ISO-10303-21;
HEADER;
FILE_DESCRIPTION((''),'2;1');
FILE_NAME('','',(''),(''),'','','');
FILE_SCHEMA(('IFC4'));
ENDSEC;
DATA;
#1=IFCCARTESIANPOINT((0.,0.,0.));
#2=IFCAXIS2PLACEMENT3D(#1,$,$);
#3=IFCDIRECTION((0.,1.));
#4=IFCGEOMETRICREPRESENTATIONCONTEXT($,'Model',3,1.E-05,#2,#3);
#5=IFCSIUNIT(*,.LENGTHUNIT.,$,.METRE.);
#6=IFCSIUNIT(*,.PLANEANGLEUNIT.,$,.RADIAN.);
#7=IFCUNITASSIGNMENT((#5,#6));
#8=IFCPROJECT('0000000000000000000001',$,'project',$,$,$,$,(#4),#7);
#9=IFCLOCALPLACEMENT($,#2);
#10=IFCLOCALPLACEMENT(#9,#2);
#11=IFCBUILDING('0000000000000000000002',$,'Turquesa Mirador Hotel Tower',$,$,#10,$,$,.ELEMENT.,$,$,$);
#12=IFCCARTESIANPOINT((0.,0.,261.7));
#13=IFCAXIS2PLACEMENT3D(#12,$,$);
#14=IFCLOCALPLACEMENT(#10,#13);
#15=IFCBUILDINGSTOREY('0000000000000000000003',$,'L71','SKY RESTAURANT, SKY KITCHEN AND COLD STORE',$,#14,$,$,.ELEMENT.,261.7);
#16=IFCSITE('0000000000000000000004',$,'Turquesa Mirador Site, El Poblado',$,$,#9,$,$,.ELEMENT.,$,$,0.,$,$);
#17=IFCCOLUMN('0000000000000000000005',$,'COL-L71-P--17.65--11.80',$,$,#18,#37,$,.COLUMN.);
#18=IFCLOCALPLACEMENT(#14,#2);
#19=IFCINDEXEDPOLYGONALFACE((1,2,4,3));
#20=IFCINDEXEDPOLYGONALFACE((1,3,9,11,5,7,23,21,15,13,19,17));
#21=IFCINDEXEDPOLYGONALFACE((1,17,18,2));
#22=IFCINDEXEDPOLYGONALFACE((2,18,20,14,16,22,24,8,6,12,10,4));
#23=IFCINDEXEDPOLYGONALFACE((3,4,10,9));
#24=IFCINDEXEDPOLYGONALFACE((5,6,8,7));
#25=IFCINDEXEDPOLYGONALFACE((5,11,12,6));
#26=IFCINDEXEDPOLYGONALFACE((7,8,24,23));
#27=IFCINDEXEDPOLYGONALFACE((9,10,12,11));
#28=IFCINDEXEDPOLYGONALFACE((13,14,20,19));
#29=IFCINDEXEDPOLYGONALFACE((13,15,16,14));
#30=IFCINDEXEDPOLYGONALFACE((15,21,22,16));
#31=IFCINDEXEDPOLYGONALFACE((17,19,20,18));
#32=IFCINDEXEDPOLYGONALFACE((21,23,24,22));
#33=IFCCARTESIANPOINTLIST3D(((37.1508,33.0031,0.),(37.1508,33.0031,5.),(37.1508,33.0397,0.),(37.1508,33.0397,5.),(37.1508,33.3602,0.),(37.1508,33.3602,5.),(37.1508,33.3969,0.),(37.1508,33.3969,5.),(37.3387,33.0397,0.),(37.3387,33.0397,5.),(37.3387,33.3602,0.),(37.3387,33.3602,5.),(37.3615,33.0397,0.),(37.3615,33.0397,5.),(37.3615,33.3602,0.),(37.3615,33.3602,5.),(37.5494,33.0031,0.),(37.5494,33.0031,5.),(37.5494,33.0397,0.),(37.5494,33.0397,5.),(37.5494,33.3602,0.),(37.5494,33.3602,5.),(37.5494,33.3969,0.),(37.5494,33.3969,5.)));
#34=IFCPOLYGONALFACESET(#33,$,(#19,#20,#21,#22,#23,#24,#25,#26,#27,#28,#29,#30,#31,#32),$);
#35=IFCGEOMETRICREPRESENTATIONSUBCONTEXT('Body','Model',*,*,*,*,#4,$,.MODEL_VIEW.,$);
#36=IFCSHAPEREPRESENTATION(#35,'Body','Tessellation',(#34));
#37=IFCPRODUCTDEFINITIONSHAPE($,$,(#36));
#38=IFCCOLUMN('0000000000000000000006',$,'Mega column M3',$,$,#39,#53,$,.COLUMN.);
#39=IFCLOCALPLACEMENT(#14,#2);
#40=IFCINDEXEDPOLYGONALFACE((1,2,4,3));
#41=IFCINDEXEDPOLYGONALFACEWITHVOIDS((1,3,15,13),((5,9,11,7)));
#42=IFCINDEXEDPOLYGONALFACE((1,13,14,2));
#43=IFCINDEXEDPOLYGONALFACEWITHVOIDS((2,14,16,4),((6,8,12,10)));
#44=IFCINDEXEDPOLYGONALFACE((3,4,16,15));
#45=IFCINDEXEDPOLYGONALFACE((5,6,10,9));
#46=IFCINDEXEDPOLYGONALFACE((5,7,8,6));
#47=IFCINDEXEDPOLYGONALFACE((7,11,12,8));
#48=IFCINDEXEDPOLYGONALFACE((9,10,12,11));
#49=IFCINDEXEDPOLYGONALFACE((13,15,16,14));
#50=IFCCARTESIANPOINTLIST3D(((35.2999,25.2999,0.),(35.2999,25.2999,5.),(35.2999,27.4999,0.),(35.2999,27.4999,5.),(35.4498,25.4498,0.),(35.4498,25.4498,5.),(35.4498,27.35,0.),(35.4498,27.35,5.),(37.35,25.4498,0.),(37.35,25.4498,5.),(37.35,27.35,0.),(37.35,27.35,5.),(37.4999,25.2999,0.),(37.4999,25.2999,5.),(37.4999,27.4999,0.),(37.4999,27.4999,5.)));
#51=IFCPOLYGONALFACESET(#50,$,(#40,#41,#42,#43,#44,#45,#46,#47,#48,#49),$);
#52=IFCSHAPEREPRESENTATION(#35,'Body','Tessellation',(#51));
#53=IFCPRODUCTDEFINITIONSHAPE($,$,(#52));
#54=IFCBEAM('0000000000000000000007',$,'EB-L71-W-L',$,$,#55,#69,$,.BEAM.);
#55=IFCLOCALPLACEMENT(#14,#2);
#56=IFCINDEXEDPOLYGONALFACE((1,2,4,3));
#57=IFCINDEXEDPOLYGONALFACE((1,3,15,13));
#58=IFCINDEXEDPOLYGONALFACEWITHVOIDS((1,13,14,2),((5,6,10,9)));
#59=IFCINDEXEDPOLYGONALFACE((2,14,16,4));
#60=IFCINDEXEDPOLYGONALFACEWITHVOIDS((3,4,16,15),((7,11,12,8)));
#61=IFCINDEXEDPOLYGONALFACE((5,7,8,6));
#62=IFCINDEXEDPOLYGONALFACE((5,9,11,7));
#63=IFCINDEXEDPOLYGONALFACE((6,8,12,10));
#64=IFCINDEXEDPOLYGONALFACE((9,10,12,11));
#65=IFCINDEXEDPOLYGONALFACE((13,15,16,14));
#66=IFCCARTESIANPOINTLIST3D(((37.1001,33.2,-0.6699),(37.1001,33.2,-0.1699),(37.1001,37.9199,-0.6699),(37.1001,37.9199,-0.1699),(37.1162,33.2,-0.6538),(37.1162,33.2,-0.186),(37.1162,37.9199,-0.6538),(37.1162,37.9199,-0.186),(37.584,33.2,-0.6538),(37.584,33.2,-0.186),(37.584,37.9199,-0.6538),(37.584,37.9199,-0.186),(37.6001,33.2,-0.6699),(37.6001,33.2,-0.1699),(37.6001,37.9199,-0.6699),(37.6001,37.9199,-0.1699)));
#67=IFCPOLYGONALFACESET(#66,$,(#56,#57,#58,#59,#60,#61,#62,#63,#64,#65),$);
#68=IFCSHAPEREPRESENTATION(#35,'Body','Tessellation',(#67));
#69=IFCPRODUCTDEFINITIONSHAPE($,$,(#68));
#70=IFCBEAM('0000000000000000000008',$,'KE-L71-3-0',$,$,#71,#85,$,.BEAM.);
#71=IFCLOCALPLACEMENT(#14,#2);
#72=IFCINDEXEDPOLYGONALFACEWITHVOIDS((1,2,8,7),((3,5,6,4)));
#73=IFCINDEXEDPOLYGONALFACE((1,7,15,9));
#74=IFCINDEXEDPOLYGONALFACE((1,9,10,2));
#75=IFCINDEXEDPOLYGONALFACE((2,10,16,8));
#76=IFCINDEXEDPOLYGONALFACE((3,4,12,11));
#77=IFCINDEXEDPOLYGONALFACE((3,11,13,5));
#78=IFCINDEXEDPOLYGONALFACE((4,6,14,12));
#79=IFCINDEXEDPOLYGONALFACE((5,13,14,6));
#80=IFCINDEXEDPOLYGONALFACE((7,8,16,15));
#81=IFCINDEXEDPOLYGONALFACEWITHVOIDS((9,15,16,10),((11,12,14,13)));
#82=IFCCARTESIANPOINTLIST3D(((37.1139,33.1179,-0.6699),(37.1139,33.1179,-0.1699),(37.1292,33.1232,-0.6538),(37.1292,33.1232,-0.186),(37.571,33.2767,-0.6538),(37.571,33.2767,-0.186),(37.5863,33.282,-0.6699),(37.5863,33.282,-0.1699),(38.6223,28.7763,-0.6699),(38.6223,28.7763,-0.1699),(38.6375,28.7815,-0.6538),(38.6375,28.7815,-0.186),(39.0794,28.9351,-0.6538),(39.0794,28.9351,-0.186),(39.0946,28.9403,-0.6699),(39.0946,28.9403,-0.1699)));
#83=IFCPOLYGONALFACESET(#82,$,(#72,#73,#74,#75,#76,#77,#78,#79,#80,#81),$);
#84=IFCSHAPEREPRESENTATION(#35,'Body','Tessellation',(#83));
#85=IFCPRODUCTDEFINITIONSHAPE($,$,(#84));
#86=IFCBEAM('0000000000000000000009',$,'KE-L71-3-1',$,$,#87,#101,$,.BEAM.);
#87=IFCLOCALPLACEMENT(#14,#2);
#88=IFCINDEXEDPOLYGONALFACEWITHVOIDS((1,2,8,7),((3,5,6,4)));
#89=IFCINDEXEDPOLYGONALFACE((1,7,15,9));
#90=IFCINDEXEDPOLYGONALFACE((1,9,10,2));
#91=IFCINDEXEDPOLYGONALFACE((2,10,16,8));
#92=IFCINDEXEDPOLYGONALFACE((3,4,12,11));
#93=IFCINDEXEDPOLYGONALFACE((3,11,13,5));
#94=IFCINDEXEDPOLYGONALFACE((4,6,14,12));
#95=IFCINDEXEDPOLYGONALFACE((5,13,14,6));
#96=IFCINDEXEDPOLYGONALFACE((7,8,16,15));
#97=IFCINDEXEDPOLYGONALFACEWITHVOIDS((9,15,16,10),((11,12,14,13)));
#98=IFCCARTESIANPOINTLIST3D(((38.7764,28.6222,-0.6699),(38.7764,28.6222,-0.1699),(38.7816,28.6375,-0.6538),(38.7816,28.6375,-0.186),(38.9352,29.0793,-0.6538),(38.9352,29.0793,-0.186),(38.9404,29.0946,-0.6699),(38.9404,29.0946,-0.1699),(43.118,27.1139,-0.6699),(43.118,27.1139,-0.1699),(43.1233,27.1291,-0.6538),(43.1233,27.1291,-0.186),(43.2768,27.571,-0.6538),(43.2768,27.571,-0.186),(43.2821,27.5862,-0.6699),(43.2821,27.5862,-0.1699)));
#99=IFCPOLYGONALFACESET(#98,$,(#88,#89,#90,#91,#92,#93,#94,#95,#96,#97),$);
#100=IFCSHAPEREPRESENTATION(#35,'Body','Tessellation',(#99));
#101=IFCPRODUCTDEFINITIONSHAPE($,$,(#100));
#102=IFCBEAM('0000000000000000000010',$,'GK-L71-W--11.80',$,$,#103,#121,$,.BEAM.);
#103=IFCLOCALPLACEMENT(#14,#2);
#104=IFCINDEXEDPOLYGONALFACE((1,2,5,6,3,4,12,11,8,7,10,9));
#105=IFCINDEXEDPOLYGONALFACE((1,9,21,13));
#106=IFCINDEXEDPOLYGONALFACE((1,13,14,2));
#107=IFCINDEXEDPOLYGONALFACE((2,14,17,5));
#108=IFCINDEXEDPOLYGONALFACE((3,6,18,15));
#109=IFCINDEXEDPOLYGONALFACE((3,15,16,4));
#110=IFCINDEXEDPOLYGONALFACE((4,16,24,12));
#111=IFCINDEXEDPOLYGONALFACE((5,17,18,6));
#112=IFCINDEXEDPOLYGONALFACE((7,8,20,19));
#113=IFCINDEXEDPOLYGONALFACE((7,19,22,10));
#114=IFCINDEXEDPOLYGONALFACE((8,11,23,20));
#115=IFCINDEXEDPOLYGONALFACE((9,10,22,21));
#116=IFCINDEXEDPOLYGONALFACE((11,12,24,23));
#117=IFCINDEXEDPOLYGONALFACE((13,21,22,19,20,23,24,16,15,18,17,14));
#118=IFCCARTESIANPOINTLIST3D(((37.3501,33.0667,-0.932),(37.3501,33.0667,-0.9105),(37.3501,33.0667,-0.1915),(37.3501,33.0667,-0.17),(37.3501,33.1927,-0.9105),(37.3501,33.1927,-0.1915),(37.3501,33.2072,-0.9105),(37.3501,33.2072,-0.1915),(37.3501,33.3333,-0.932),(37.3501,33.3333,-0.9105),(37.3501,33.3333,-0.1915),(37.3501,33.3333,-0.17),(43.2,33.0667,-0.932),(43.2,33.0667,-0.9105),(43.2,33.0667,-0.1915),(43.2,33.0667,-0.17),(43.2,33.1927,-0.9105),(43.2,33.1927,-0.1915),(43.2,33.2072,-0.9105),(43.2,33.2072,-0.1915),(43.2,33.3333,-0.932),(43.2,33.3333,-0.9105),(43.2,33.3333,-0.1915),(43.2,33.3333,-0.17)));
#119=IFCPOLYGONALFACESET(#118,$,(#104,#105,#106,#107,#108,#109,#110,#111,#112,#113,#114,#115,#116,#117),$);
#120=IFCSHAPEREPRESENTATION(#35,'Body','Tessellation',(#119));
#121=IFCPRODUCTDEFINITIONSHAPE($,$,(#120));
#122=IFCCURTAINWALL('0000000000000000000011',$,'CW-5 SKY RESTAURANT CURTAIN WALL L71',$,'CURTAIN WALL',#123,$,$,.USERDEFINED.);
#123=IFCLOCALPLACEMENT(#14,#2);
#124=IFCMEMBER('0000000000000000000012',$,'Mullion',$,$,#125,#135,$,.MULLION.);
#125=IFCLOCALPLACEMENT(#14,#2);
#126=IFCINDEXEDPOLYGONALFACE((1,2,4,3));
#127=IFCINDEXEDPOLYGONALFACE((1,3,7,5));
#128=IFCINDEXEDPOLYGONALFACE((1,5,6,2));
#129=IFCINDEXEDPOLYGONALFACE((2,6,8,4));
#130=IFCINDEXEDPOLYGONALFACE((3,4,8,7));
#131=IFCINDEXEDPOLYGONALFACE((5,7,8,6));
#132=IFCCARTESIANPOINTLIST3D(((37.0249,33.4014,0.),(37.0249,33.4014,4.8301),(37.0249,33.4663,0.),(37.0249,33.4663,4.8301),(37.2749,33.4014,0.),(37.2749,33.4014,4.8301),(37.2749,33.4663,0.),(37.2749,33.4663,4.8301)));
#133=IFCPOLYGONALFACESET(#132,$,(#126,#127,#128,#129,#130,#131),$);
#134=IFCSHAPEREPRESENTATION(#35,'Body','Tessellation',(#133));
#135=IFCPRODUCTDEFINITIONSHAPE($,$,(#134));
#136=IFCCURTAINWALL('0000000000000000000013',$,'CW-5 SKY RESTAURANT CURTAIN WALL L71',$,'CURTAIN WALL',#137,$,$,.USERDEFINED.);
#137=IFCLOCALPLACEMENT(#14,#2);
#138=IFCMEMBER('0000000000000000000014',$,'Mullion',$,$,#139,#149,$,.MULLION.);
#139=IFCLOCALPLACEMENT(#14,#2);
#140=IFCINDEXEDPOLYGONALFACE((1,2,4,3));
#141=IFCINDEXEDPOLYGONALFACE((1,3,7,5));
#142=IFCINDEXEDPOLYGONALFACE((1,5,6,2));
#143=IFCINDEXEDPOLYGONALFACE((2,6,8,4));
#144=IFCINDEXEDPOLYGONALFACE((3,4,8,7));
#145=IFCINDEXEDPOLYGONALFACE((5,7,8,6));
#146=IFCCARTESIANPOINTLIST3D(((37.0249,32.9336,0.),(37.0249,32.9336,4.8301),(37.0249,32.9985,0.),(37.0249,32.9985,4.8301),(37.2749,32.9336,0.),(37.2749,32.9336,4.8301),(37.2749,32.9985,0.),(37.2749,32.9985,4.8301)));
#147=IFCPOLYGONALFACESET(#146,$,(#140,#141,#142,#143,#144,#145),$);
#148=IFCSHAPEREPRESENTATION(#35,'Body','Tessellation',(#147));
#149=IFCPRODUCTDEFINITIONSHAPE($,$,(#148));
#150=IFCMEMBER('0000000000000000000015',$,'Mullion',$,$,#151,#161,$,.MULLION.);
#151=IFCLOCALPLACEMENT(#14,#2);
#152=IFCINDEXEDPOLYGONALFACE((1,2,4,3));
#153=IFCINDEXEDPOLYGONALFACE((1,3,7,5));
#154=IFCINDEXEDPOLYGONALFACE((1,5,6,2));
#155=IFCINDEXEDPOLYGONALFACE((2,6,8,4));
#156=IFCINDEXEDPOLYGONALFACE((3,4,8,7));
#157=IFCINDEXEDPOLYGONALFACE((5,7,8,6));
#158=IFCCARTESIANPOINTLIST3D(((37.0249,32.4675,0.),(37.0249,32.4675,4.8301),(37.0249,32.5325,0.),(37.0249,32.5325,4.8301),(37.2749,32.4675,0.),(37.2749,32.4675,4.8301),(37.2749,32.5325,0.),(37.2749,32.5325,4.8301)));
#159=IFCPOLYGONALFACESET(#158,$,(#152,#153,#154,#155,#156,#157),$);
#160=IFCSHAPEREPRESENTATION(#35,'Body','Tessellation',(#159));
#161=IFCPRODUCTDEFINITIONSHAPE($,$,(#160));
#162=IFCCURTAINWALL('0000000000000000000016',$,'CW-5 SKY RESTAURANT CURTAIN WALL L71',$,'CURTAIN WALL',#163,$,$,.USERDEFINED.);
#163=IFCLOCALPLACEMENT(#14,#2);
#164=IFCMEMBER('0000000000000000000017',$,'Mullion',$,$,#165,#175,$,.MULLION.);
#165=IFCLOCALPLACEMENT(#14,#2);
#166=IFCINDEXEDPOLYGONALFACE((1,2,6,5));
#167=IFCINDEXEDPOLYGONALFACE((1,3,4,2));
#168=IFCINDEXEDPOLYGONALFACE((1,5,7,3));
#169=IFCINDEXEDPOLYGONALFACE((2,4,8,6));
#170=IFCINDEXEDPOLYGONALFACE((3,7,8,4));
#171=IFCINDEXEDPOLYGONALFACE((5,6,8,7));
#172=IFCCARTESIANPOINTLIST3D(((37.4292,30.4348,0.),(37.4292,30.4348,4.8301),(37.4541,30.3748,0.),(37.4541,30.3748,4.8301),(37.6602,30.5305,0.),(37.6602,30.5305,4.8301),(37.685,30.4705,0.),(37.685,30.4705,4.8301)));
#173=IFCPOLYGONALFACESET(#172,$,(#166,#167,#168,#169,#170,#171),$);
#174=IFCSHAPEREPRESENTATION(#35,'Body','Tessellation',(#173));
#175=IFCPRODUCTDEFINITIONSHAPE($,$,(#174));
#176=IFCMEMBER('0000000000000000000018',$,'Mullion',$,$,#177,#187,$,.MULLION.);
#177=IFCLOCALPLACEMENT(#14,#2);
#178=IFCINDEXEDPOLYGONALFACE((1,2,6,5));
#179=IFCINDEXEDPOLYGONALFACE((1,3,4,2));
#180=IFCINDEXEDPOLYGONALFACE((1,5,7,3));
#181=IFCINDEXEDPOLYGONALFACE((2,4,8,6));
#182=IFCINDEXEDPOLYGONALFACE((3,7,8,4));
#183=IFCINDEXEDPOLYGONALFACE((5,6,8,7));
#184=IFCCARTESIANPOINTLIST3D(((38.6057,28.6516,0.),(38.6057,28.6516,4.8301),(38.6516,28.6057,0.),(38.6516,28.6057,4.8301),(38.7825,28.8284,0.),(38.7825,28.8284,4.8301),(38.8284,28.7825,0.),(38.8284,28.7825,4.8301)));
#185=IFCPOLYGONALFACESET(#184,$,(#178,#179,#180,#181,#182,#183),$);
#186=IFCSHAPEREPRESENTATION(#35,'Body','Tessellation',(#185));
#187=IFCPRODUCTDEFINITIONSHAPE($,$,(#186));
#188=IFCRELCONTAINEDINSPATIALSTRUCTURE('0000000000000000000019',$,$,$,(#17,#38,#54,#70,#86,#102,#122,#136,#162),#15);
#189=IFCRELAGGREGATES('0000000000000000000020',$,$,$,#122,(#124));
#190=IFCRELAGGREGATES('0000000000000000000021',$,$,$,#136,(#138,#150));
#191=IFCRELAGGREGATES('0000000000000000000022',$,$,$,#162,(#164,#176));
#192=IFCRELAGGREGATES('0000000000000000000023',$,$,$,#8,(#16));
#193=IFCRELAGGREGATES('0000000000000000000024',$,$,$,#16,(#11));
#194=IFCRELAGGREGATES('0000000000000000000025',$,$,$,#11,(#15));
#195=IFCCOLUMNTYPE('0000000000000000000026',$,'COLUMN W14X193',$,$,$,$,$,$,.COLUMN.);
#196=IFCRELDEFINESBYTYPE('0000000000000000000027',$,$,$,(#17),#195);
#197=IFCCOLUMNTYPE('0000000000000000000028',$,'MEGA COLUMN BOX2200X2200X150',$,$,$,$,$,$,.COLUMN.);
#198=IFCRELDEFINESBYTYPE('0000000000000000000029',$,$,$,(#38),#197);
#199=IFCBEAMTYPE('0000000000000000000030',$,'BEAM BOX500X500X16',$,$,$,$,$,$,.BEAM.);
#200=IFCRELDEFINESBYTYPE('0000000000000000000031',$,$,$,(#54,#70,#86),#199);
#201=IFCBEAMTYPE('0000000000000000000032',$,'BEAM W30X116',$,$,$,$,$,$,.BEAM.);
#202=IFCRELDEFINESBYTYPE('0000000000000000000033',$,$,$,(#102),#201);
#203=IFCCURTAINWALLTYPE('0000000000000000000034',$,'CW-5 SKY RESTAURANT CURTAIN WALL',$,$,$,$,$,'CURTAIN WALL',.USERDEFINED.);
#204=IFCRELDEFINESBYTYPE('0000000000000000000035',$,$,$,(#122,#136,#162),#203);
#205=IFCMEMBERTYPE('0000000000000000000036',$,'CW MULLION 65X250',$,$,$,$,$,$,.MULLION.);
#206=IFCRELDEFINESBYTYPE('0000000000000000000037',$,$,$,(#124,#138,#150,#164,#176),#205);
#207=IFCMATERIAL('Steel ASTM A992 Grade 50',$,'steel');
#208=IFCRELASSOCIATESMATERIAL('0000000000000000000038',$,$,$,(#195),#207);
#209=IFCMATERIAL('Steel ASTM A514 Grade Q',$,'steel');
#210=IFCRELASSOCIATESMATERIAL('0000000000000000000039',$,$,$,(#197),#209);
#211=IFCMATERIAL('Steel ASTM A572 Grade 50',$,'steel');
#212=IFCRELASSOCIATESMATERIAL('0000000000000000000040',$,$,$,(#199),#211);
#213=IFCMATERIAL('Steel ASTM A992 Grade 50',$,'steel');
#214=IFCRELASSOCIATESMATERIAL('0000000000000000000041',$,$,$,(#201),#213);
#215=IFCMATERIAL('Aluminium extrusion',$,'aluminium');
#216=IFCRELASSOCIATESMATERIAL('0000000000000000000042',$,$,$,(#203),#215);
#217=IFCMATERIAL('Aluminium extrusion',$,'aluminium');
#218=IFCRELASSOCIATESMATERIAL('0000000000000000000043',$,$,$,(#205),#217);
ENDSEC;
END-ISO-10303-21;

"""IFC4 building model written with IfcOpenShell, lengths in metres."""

from ifc_helpers import new_model, si_unit, direction, frame, origin, origin_2d, place, context, subcontext, project, spatial, rectangle, hollow_rectangle, i_section, extrude, material, material_profile, profile_set, type_object, element, aggregate, save


model = new_model("IFC4")

# Units and contexts
model_context = context("Model", 3, precision=1e-05, world=origin(), true_north=direction((0.0, 1.0)))
body_context = subcontext(model_context, "Body", "Model", "MODEL_VIEW")
ifc_project = project(units=[si_unit("LENGTHUNIT", "METRE"), si_unit("PLANEANGLEUNIT", "RADIAN")], contexts=[model_context])

# Site, building, storey
site_placement = place(None, origin())
site = spatial("IfcSite", under=ifc_project, at=site_placement, Name="Turquesa Mirador Site, El Poblado", CompositionType="ELEMENT", RefElevation=0.0)
building_placement = place(site_placement, origin())
building = spatial("IfcBuilding", under=site, at=building_placement, Name="Turquesa Mirador Hotel Tower", CompositionType="ELEMENT")
storey_placement = place(building_placement, frame((0.0, 0.0, 261.7)))
storey = spatial("IfcBuildingStorey", under=building, at=storey_placement, Name="L71", Description="SKY RESTAURANT, SKY KITCHEN AND COLD STORE", CompositionType="ELEMENT", Elevation=261.7)

# Columns
ifc_material_1 = material(Name="Steel ASTM A992 Grade 50", Category="steel")
ifc_material_profile_1 = material_profile(ifc_material_1, i_section(OverallWidth=0.3987, OverallDepth=0.3938, WebThickness=0.0227, FlangeThickness=0.0366, at=origin_2d()), Name="W14X193")
ifc_profile_set_1 = profile_set([ifc_material_profile_1], Name="Steel ASTM A992 Grade 50")
column_type_1 = type_object("IfcColumnType", Name="COLUMN W14X193", PredefinedType="COLUMN", material=ifc_profile_set_1)
column_1_placement = place(storey_placement, frame((37.3501, 33.2, 0.0), z_axis=(0.0, 0.0, 1.0), x_axis=(1.0, 0.0, 0.0)))
element("IfcColumn", 1, at=column_1_placement, inside=storey, type_object=column_type_1, Name="COL-L71-P--17.65--11.80", PredefinedType="COLUMN", context=body_context, shape_type="SweptSolid", body=[
    extrude(i_section(OverallWidth=0.3987, OverallDepth=0.3938, WebThickness=0.0227, FlangeThickness=0.0366, at=origin_2d()), origin(), (0.0, 0.0, 1.0), 5.0),
])
ifc_material_2 = material(Name="Steel ASTM A514 Grade Q", Category="steel")
ifc_material_profile_2 = material_profile(ifc_material_2, hollow_rectangle(XDim=2.2, YDim=2.2, WallThickness=0.1499, at=origin_2d()), Name="BOX2200X2200X150")
ifc_profile_set_2 = profile_set([ifc_material_profile_2], Name="Steel ASTM A514 Grade Q")
column_type_2 = type_object("IfcColumnType", Name="MEGA COLUMN BOX2200X2200X150", PredefinedType="COLUMN", material=ifc_profile_set_2)
column_2_placement = place(storey_placement, frame((36.3999, 26.3999, 0.0), z_axis=(0.0, 0.0, 1.0), x_axis=(1.0, 0.0, 0.0)))
element("IfcColumn", 2, at=column_2_placement, inside=storey, type_object=column_type_2, Name="Mega column M3", PredefinedType="COLUMN", context=body_context, shape_type="SweptSolid", body=[
    extrude(hollow_rectangle(XDim=2.2, YDim=2.2, WallThickness=0.1499, at=origin_2d()), origin(), (0.0, 0.0, 1.0), 5.0),
])

# Beams
ifc_material_3 = material(Name="Steel ASTM A572 Grade 50", Category="steel")
ifc_material_profile_3 = material_profile(ifc_material_3, hollow_rectangle(XDim=0.5, YDim=0.5, WallThickness=0.0161, at=origin_2d()), Name="BOX500X500X16")
ifc_profile_set_3 = profile_set([ifc_material_profile_3], Name="Steel ASTM A572 Grade 50")
beam_type_1 = type_object("IfcBeamType", Name="BEAM BOX500X500X16", PredefinedType="BEAM", material=ifc_profile_set_3)
beam_1_placement = place(storey_placement, frame((37.3501, 33.2, -0.4199), z_axis=(0.0, 1.0, 0.0), x_axis=(-1.0, 0.0, 0.0)))
element("IfcBeam", 3, at=beam_1_placement, inside=storey, type_object=beam_type_1, Name="EB-L71-W-L", PredefinedType="BEAM", context=body_context, shape_type="SweptSolid", body=[
    extrude(hollow_rectangle(XDim=0.5, YDim=0.5, WallThickness=0.0161, at=origin_2d()), origin(), (0.0, 0.0, 1.0), 4.72),
])
for number, where, z_axis, x_axis, name in (
    (4, (37.3501, 33.2, -0.4199), (0.32817, -0.944619, 0.0), (0.944619, 0.32817, 0.0), "KE-L71-3-0"),
    (5, (38.8584, 28.8584, -0.4199), (0.944619, -0.32817, 0.0), (0.32817, 0.944619, 0.0), "KE-L71-3-1"),
):
    element("IfcBeam", number, at=place(storey_placement, frame(where, z_axis=z_axis, x_axis=x_axis)), inside=storey, type_object=beam_type_1, Name=name, PredefinedType="BEAM", context=body_context, shape_type="SweptSolid", body=[
        extrude(hollow_rectangle(XDim=0.5, YDim=0.5, WallThickness=0.0161, at=origin_2d()), origin(), (0.0, 0.0, 1.0), 4.5962),
    ])
ifc_material_4 = material(Name="Steel ASTM A992 Grade 50", Category="steel")
ifc_material_profile_4 = material_profile(ifc_material_4, i_section(OverallWidth=0.2666, OverallDepth=0.762, WebThickness=0.0144, FlangeThickness=0.0215, at=origin_2d()), Name="W30X116")
ifc_profile_set_4 = profile_set([ifc_material_profile_4], Name="Steel ASTM A992 Grade 50")
beam_type_2 = type_object("IfcBeamType", Name="BEAM W30X116", PredefinedType="BEAM", material=ifc_profile_set_4)
beam_2_placement = place(storey_placement, frame((37.3501, 33.2, -0.551), z_axis=(1.0, 0.0, 0.0), x_axis=(0.0, 1.0, 0.0)))
element("IfcBeam", 6, at=beam_2_placement, inside=storey, type_object=beam_type_2, Name="GK-L71-W--11.80", PredefinedType="BEAM", context=body_context, shape_type="SweptSolid", body=[
    extrude(i_section(OverallWidth=0.2666, OverallDepth=0.762, WebThickness=0.0144, FlangeThickness=0.0215, at=origin_2d()), origin(), (0.0, 0.0, 1.0), 5.8499),
])

# Curtain wall, member
ifc_material_5 = material(Name="Aluminium extrusion", Category="aluminium")
curtain_wall_type = type_object("IfcCurtainWallType", Name="CW-5 SKY RESTAURANT CURTAIN WALL", ElementType="CURTAIN WALL", PredefinedType="USERDEFINED", material=ifc_material_5)
curtain_wall_1_placement = place(storey_placement, origin())
curtain_wall_1 = element("IfcCurtainWall", 7, at=curtain_wall_1_placement, inside=storey, type_object=curtain_wall_type, Name="CW-5 SKY RESTAURANT CURTAIN WALL L71", ObjectType="CURTAIN WALL", PredefinedType="USERDEFINED")
ifc_material_6 = material(Name="Aluminium extrusion", Category="aluminium")
ifc_material_profile_5 = material_profile(ifc_material_6, rectangle(XDim=0.0649, YDim=0.25, at=origin_2d()), Name="MULLION 65X250")
ifc_profile_set_5 = profile_set([ifc_material_profile_5], Name="Aluminium extrusion")
member_type_1 = type_object("IfcMemberType", Name="CW MULLION 65X250", PredefinedType="MULLION", material=ifc_profile_set_5)
member_1_placement = place(storey_placement, frame((37.1499, 33.4338, 0.0), z_axis=(0.0, 0.0, 1.0), x_axis=(0.0, -1.0, 0.0)))
member_1 = element("IfcMember", 8, at=member_1_placement, type_object=member_type_1, Name="Mullion", PredefinedType="MULLION", context=body_context, shape_type="SweptSolid", body=[
    extrude(rectangle(XDim=0.0649, YDim=0.25, at=origin_2d()), origin(), (0.0, 0.0, 1.0), 4.8301),
])
aggregate(curtain_wall_1, [member_1])

# Curtain walls, members
curtain_wall_2_placement = place(storey_placement, origin())
curtain_wall_2 = element("IfcCurtainWall", 9, at=curtain_wall_2_placement, inside=storey, type_object=curtain_wall_type, Name="CW-5 SKY RESTAURANT CURTAIN WALL L71", ObjectType="CURTAIN WALL", PredefinedType="USERDEFINED")
member_2_placement = place(storey_placement, frame((37.1499, 32.9661, 0.0), z_axis=(0.0, 0.0, 1.0), x_axis=(0.0, -1.0, 0.0)))
member_2 = element("IfcMember", 10, at=member_2_placement, type_object=member_type_1, Name="Mullion", PredefinedType="MULLION", context=body_context, shape_type="SweptSolid", body=[
    extrude(rectangle(XDim=0.0649, YDim=0.25, at=origin_2d()), origin(), (0.0, 0.0, 1.0), 4.8301),
])
member_3_placement = place(storey_placement, frame((37.1499, 32.5, 0.0), z_axis=(0.0, 0.0, 1.0), x_axis=(0.0, -1.0, 0.0)))
member_3 = element("IfcMember", 11, at=member_3_placement, type_object=member_type_1, Name="Mullion", PredefinedType="MULLION", context=body_context, shape_type="SweptSolid", body=[
    extrude(rectangle(XDim=0.0649, YDim=0.25, at=origin_2d()), origin(), (0.0, 0.0, 1.0), 4.8301),
])
curtain_wall_3_placement = place(storey_placement, origin())
curtain_wall_3 = element("IfcCurtainWall", 12, at=curtain_wall_3_placement, inside=storey, type_object=curtain_wall_type, Name="CW-5 SKY RESTAURANT CURTAIN WALL L71", ObjectType="CURTAIN WALL", PredefinedType="USERDEFINED")
member_4_placement = place(storey_placement, frame((37.5571, 30.4526, 0.0), z_axis=(0.0, 0.0, 1.0), x_axis=(0.382683, -0.92388, 0.0)))
member_4 = element("IfcMember", 13, at=member_4_placement, type_object=member_type_1, Name="Mullion", PredefinedType="MULLION", context=body_context, shape_type="SweptSolid", body=[
    extrude(rectangle(XDim=0.0649, YDim=0.25, at=origin_2d()), origin(), (0.0, 0.0, 1.0), 4.8301),
])
member_5_placement = place(storey_placement, frame((38.717, 28.717, 0.0), z_axis=(0.0, 0.0, 1.0), x_axis=(0.707107, -0.707107, 0.0)))
member_5 = element("IfcMember", 14, at=member_5_placement, type_object=member_type_1, Name="Mullion", PredefinedType="MULLION", context=body_context, shape_type="SweptSolid", body=[
    extrude(rectangle(XDim=0.0649, YDim=0.25, at=origin_2d()), origin(), (0.0, 0.0, 1.0), 4.8301),
])

aggregate(curtain_wall_2, [member_2, member_3])
aggregate(curtain_wall_3, [member_4, member_5])

save(model, "model.ifc")
